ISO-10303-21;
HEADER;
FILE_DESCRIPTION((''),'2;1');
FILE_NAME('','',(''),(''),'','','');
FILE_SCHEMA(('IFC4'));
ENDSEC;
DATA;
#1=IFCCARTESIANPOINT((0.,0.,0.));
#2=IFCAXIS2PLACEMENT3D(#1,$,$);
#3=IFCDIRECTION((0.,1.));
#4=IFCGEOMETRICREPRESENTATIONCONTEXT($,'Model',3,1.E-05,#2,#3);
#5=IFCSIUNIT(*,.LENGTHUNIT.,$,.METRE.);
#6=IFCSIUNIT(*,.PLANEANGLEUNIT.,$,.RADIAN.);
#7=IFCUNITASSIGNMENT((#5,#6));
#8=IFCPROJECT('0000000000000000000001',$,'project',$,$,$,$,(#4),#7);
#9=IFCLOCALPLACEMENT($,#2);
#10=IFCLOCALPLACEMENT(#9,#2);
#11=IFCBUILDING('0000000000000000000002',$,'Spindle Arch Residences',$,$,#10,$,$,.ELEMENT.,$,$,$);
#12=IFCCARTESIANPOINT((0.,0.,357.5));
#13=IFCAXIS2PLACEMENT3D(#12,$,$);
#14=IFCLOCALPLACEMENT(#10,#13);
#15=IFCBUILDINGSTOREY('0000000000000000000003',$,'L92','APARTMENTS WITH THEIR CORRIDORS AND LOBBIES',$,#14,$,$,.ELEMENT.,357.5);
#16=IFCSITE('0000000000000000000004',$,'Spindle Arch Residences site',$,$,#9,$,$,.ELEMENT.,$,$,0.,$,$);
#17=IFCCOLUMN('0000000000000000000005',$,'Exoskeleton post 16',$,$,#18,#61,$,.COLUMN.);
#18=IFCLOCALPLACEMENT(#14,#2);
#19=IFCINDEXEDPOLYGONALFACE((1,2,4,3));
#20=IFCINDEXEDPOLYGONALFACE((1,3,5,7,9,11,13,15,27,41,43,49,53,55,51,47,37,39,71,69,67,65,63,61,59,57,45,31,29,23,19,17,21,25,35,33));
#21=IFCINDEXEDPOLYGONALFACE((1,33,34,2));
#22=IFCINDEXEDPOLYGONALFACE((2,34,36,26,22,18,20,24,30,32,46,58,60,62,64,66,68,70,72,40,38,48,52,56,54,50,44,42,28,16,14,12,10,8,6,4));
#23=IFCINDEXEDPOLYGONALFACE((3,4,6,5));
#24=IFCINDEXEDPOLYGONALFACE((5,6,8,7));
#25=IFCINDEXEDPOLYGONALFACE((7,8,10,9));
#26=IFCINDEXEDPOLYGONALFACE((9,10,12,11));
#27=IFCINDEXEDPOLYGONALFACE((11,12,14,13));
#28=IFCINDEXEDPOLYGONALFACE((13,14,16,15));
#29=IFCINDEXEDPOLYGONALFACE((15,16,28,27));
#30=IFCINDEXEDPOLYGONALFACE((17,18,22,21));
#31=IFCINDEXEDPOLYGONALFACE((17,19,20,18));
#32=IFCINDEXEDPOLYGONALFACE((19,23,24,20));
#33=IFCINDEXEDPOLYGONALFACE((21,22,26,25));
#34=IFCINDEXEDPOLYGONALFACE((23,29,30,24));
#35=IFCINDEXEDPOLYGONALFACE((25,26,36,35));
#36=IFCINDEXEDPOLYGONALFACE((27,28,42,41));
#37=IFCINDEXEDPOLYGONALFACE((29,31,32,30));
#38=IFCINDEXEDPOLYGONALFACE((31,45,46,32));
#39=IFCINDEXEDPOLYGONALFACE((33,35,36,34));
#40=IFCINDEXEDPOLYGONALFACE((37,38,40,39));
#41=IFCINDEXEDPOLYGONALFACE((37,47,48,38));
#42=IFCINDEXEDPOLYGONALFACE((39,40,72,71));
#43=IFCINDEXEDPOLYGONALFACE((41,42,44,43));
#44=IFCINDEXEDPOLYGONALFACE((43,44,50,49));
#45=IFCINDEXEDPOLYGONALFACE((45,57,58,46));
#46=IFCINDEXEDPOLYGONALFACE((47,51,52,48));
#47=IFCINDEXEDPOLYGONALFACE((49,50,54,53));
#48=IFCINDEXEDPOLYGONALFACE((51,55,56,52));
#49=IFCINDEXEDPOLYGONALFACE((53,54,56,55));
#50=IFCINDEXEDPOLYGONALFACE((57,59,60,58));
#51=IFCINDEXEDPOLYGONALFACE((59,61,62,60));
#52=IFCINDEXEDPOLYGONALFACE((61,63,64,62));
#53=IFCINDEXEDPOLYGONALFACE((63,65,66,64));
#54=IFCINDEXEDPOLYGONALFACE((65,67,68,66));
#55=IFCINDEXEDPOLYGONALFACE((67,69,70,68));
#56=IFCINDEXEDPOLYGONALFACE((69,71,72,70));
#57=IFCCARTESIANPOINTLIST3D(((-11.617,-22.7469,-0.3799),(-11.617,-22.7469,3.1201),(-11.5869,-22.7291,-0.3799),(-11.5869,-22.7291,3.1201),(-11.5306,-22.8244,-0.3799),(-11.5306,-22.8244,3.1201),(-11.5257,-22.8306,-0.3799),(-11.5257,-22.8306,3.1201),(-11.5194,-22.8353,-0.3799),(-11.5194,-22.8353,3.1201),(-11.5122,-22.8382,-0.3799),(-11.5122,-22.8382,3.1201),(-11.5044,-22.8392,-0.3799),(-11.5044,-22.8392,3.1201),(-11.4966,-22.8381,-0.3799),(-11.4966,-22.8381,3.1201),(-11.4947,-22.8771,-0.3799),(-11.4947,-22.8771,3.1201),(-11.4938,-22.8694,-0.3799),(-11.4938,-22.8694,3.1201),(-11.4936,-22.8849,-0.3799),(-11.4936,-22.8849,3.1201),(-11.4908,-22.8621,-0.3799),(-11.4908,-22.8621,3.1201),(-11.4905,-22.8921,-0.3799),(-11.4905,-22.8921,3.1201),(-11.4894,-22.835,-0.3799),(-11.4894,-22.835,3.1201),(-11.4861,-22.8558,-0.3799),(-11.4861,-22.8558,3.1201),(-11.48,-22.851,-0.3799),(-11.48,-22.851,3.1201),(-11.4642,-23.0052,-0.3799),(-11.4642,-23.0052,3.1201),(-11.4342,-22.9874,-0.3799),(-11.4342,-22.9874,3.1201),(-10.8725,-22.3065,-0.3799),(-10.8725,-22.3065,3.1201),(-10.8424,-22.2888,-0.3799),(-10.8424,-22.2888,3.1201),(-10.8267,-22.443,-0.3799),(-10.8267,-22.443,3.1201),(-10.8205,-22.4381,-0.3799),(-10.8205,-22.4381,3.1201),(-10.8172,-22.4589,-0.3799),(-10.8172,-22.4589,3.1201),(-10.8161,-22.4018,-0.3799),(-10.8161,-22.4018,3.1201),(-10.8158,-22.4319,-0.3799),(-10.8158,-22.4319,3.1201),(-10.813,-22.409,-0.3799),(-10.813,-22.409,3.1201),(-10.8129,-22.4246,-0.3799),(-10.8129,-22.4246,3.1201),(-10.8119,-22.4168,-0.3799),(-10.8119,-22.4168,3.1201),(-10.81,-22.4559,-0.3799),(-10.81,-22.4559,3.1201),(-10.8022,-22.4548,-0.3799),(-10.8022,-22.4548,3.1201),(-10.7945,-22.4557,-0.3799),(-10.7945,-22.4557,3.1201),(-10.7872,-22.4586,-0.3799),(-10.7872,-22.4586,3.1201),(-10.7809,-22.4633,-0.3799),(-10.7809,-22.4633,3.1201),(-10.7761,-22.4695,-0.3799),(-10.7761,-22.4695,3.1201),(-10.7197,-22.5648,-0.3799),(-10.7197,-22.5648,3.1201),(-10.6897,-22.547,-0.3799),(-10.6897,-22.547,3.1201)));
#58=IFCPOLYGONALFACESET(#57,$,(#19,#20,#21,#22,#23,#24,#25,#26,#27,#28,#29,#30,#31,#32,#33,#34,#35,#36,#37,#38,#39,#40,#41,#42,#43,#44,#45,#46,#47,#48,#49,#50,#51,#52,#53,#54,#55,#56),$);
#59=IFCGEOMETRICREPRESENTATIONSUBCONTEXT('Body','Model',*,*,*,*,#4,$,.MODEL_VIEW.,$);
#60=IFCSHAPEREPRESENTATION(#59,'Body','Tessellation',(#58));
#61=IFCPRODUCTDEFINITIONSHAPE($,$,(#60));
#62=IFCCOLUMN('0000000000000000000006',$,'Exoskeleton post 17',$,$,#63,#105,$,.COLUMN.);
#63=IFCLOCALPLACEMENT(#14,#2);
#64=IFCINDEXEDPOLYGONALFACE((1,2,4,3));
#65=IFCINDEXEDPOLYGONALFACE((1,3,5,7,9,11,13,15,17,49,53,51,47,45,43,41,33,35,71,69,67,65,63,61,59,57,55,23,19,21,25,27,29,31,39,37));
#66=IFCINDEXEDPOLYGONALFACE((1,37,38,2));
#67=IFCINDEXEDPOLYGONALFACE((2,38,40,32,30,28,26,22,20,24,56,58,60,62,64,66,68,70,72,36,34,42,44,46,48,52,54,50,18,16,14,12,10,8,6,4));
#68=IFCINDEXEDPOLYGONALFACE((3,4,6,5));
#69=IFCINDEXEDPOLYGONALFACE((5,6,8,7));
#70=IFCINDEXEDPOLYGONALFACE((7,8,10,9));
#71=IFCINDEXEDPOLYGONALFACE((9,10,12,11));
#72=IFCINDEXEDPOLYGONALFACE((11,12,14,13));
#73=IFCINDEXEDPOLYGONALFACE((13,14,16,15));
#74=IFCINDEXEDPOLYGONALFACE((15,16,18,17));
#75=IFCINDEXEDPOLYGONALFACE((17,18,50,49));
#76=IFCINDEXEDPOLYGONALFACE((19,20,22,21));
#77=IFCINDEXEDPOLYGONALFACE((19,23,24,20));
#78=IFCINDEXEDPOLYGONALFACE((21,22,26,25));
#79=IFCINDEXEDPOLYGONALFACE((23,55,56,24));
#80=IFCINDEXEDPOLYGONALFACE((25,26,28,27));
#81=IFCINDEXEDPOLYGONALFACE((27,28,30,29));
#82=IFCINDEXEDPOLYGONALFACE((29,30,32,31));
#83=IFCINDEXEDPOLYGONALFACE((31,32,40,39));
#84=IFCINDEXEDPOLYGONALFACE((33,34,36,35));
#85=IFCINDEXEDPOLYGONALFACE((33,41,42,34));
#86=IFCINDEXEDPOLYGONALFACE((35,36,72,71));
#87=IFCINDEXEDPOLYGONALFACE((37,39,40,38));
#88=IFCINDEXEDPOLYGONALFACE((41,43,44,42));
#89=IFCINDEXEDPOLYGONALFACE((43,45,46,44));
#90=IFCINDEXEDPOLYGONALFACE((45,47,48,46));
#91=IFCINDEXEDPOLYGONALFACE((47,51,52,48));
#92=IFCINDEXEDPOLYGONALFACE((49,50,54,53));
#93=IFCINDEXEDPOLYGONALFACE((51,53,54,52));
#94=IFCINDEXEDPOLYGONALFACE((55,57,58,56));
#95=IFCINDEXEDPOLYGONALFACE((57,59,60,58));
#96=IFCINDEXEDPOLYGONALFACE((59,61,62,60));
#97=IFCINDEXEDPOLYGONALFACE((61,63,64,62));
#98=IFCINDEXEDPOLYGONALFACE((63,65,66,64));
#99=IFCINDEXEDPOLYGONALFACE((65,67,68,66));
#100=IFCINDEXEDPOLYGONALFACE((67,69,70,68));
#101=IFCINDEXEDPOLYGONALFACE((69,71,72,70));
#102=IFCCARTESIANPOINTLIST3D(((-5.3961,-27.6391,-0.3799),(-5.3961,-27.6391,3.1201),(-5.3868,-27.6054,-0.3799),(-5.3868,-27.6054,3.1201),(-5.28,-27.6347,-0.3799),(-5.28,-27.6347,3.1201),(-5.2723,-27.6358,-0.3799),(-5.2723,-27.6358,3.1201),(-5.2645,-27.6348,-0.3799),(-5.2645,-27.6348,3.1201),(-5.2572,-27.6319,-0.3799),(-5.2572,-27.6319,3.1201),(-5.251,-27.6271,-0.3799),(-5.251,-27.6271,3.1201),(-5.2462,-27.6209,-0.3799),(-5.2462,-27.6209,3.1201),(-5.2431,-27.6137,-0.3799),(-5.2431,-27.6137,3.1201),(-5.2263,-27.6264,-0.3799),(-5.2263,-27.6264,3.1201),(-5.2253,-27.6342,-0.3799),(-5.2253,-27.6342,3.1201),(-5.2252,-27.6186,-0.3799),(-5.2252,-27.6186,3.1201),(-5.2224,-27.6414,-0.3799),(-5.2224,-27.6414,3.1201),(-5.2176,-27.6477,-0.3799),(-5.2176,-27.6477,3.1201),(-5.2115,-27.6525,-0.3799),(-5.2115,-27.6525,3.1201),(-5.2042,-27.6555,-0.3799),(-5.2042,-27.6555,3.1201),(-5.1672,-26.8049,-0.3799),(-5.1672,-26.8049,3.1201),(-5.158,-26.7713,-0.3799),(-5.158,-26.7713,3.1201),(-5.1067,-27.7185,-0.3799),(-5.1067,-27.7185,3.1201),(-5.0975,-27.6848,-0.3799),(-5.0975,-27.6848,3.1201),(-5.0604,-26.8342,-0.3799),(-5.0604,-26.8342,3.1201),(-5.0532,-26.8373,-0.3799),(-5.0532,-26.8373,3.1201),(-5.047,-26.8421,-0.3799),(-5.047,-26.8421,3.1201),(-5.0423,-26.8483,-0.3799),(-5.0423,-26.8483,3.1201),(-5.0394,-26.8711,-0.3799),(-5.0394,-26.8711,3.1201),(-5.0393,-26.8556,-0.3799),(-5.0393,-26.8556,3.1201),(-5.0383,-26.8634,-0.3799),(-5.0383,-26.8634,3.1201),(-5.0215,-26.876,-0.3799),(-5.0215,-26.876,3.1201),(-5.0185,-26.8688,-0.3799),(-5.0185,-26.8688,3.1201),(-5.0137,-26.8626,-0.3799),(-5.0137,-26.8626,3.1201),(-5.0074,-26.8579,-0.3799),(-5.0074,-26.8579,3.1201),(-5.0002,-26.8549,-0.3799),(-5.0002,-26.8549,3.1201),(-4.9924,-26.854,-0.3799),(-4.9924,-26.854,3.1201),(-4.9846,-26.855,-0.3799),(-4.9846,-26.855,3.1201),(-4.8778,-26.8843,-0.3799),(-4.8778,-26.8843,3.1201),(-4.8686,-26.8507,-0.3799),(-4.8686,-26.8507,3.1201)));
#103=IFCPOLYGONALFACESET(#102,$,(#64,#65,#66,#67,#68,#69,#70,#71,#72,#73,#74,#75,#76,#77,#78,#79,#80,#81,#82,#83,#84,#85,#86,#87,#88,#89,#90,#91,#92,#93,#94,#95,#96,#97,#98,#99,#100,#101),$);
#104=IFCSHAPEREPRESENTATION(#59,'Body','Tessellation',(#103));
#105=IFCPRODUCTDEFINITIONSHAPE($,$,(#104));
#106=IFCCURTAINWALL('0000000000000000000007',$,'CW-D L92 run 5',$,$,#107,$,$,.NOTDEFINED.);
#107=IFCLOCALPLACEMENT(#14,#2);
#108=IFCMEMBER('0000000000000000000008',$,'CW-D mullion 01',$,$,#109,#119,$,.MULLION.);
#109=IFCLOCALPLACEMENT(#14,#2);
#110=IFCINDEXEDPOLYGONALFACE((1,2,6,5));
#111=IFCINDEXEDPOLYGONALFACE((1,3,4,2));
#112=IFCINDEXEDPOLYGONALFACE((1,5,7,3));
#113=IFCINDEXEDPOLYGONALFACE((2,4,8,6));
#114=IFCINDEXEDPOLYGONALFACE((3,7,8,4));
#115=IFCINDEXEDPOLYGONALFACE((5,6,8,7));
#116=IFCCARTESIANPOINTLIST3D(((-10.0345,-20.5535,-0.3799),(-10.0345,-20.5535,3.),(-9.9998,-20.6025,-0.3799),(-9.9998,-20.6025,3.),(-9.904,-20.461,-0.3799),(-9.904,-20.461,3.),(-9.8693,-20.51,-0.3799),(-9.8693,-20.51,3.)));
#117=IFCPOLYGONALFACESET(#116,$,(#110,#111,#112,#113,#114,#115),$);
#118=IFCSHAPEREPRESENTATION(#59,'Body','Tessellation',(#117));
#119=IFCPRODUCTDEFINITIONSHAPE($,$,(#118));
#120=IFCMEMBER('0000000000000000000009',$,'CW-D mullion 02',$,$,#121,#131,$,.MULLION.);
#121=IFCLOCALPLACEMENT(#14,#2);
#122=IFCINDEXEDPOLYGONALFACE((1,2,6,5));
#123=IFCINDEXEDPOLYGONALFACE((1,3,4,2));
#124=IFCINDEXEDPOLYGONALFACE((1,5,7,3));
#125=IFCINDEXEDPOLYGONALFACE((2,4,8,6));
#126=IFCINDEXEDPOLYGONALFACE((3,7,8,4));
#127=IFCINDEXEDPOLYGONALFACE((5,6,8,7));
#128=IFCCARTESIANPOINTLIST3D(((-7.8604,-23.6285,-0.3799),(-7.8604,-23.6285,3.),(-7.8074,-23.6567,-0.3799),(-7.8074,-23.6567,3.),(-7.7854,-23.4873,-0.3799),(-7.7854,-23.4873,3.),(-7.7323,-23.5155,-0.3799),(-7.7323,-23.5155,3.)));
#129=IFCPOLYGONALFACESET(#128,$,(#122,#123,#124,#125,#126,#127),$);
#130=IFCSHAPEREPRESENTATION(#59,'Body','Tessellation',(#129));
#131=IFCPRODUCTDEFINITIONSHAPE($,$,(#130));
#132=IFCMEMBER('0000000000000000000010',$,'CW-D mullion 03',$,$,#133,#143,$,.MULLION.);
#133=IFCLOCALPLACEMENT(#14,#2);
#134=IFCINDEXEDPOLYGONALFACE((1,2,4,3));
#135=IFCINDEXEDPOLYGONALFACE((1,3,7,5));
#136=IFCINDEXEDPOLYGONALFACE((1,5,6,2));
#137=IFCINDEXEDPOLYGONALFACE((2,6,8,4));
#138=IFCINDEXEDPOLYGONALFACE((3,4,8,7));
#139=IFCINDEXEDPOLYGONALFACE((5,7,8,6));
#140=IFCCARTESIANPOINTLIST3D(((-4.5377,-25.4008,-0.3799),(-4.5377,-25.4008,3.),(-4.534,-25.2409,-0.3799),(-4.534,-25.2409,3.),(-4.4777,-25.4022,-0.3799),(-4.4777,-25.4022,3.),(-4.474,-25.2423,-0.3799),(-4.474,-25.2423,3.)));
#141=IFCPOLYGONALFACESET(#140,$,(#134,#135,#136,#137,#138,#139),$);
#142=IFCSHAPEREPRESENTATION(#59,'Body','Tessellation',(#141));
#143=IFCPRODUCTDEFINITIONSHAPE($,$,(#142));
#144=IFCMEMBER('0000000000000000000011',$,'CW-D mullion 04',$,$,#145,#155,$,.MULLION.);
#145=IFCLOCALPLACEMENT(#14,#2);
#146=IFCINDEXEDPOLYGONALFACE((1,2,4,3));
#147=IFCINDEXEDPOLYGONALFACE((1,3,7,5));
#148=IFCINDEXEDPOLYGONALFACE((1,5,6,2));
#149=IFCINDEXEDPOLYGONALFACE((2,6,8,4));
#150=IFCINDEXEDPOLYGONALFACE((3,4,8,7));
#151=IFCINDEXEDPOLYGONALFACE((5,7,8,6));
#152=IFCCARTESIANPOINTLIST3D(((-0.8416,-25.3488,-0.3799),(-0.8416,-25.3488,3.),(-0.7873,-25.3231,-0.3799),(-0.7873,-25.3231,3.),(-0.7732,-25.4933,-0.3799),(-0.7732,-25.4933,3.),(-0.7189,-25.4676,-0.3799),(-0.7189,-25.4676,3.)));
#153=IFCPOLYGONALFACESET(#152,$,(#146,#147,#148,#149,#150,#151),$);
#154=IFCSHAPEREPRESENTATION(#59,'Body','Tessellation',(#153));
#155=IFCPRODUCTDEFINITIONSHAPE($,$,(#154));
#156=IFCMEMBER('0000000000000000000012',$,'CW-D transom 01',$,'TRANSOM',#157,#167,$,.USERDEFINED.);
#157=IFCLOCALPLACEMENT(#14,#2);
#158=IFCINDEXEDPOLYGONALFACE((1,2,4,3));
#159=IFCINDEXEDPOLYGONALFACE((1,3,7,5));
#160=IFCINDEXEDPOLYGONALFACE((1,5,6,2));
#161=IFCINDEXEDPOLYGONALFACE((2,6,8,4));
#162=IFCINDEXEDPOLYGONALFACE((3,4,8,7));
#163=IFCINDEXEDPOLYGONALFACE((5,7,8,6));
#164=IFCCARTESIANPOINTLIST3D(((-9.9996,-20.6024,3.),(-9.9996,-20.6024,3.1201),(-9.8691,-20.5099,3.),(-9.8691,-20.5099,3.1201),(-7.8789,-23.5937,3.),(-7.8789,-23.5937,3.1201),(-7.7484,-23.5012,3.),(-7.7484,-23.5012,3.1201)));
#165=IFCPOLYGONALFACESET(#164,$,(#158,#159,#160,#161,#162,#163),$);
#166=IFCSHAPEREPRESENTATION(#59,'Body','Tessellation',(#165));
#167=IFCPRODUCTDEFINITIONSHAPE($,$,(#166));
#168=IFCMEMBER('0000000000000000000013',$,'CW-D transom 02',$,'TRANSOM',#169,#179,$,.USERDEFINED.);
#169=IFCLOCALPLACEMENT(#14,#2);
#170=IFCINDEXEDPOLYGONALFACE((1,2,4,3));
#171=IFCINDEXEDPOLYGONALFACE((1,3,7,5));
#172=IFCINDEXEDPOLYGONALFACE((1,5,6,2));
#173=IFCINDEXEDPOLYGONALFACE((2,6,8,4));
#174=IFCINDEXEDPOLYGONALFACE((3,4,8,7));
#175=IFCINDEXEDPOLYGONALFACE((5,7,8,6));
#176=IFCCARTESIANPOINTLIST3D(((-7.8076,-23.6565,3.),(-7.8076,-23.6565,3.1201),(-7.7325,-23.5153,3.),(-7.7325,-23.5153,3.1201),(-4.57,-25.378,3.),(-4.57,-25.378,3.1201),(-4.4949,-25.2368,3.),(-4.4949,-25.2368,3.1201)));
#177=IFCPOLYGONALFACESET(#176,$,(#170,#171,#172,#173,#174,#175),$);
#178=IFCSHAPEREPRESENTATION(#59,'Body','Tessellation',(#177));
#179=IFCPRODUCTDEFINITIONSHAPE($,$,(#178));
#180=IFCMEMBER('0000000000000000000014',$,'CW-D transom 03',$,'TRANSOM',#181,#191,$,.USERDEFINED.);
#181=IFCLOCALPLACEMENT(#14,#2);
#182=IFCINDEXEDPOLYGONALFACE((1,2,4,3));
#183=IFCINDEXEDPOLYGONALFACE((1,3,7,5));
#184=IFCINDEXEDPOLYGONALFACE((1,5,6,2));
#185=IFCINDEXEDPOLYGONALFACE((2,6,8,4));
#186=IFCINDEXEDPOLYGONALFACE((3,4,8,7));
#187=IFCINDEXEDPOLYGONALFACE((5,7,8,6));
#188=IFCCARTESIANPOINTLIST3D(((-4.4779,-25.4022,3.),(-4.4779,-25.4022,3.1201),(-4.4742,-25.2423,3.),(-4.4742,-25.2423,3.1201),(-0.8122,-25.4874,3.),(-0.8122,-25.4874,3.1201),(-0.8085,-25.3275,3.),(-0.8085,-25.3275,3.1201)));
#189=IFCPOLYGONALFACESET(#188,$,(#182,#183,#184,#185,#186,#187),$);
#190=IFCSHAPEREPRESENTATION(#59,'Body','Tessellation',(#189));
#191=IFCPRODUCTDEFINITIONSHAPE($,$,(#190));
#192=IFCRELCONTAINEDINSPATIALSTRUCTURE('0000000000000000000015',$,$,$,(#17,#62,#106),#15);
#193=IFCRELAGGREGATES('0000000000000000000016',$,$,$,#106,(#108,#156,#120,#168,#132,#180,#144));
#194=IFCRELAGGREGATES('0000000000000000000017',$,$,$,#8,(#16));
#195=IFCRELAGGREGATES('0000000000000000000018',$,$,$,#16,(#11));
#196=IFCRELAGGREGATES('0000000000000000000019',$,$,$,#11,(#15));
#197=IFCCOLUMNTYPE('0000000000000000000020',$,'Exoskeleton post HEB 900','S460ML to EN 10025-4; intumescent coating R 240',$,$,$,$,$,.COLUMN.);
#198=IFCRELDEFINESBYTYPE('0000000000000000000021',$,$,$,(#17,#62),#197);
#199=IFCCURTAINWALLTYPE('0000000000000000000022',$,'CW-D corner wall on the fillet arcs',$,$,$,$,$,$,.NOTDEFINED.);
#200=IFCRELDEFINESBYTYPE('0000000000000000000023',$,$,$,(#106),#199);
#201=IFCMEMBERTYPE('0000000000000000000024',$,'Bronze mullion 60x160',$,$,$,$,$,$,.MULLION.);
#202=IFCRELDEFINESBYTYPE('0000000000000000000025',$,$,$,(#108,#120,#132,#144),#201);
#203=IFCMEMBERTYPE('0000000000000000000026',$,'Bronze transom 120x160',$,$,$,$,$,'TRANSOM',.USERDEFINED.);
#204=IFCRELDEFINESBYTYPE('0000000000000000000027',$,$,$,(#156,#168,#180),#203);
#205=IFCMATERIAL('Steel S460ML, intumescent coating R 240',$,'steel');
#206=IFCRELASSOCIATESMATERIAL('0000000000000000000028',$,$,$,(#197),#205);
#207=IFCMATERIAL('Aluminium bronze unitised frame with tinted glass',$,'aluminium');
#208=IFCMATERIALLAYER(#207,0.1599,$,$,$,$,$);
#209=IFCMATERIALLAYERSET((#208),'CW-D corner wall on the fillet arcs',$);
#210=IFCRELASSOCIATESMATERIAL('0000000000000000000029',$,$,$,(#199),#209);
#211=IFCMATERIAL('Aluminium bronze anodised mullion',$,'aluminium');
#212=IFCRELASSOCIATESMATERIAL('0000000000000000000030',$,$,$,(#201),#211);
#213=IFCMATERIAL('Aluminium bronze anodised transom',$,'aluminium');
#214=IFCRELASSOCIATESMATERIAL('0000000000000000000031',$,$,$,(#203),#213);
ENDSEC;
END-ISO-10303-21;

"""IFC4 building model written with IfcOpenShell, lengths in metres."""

from ifc_helpers import new_model, si_unit, direction, frame, origin, origin_2d, place, context, subcontext, project, spatial, rectangle, i_section, extrude, material, layer, layer_set, material_profile, profile_set, type_object, element, aggregate, save


model = new_model("IFC4")

# Units and contexts
model_context = context("Model", 3, precision=1e-05, world=origin(), true_north=direction((0.0, 1.0)))
body_context = subcontext(model_context, "Body", "Model", "MODEL_VIEW")
ifc_project = project(units=[si_unit("LENGTHUNIT", "METRE"), si_unit("PLANEANGLEUNIT", "RADIAN")], contexts=[model_context])

# Site, building, storey
site_placement = place(None, origin())
site = spatial("IfcSite", under=ifc_project, at=site_placement, Name="Spindle Arch Residences site", CompositionType="ELEMENT", RefElevation=0.0)
building_placement = place(site_placement, origin())
building = spatial("IfcBuilding", under=site, at=building_placement, Name="Spindle Arch Residences", CompositionType="ELEMENT")
storey_placement = place(building_placement, frame((0.0, 0.0, 357.5)))
storey = spatial("IfcBuildingStorey", under=building, at=storey_placement, Name="L92", Description="APARTMENTS WITH THEIR CORRIDORS AND LOBBIES", CompositionType="ELEMENT", Elevation=357.5)

# Columns
ifc_material_1 = material(Name="Steel S460ML, intumescent coating R 240", Category="steel")
ifc_material_profile_1 = material_profile(ifc_material_1, i_section(OverallWidth=0.3, OverallDepth=0.8999, WebThickness=0.0186, FlangeThickness=0.0349, FilletRadius=0.03, at=origin_2d()), Name="HEB 900")
ifc_profile_set_1 = profile_set([ifc_material_profile_1], Name="Steel S460ML, intumescent coating R 240")
column_type = type_object("IfcColumnType", Name="Exoskeleton post HEB 900", Description="S460ML to EN 10025-4; intumescent coating R 240", PredefinedType="COLUMN", material=ifc_profile_set_1)
for number, where, z_axis, x_axis, name in (
    (1, (-11.1533, -22.647, -0.3799), (0.0, 0.0, 1.0), (-0.509114, 0.860699, 0.0), "Exoskeleton post 16"),
    (2, (-5.1323, -27.2449, -0.3799), (0.0, 0.0, 1.0), (-0.964363, 0.264583, 0.0), "Exoskeleton post 17"),
):
    element("IfcColumn", number, at=place(storey_placement, frame(where, z_axis=z_axis, x_axis=x_axis)), inside=storey, type_object=column_type, Name=name, PredefinedType="COLUMN", context=body_context, shape_type="SweptSolid", body=[
        extrude(i_section(OverallWidth=0.3, OverallDepth=0.8999, WebThickness=0.0186, FlangeThickness=0.0349, FilletRadius=0.03, at=origin_2d()), origin(), (0.0, 0.0, 1.0), 3.5),
    ])

# Curtain wall, members
ifc_material_2 = material(Name="Aluminium bronze unitised frame with tinted glass", Category="aluminium")
ifc_layer_1 = layer(ifc_material_2, 0.1599)
ifc_layer_set_1 = layer_set([ifc_layer_1], Name="CW-D corner wall on the fillet arcs")
curtain_wall_type = type_object("IfcCurtainWallType", Name="CW-D corner wall on the fillet arcs", PredefinedType="NOTDEFINED", material=ifc_layer_set_1)
curtain_wall_placement = place(storey_placement, origin())
curtain_wall = element("IfcCurtainWall", 3, at=curtain_wall_placement, inside=storey, type_object=curtain_wall_type, Name="CW-D L92 run 5", PredefinedType="NOTDEFINED")
ifc_material_3 = material(Name="Aluminium bronze anodised mullion", Category="aluminium")
ifc_material_profile_2 = material_profile(ifc_material_3, rectangle(XDim=0.1599, YDim=0.0601, at=origin_2d()), Name="MU 60x160")
ifc_profile_set_2 = profile_set([ifc_material_profile_2], Name="Aluminium bronze anodised mullion")
member_type_1 = type_object("IfcMemberType", Name="Bronze mullion 60x160", PredefinedType="MULLION", material=ifc_profile_set_2)
member_1_placement = place(storey_placement, frame((-9.9519, -20.5317, -0.3799), z_axis=(0.0, 0.0, 1.0), x_axis=(0.815801, 0.578332, 0.0)))
member_1 = element("IfcMember", 4, at=member_1_placement, type_object=member_type_1, Name="CW-D mullion 01", PredefinedType="MULLION", context=body_context, shape_type="SweptSolid", body=[
    extrude(rectangle(XDim=0.1599, YDim=0.0601, at=origin_2d()), origin(), (0.0, 0.0, 1.0), 3.3799),
])
member_2_placement = place(storey_placement, frame((-7.7964, -23.572, -0.3799), z_axis=(0.0, 0.0, 1.0), x_axis=(0.469472, 0.882948, 0.0)))
member_2 = element("IfcMember", 5, at=member_2_placement, type_object=member_type_1, Name="CW-D mullion 02", PredefinedType="MULLION", context=body_context, shape_type="SweptSolid", body=[
    extrude(rectangle(XDim=0.1599, YDim=0.0601, at=origin_2d()), origin(), (0.0, 0.0, 1.0), 3.3799),
])
member_3_placement = place(storey_placement, frame((-4.5059, -25.3215, -0.3799), z_axis=(0.0, 0.0, 1.0), x_axis=(0.023269, 0.999729, 0.0)))
member_3 = element("IfcMember", 6, at=member_3_placement, type_object=member_type_1, Name="CW-D mullion 03", PredefinedType="MULLION", context=body_context, shape_type="SweptSolid", body=[
    extrude(rectangle(XDim=0.1599, YDim=0.0601, at=origin_2d()), origin(), (0.0, 0.0, 1.0), 3.3799),
])
member_4_placement = place(storey_placement, frame((-0.7803, -25.4082, -0.3799), z_axis=(0.0, 0.0, 1.0), x_axis=(-0.427884, 0.903834, 0.0)))
member_4 = element("IfcMember", 7, at=member_4_placement, type_object=member_type_1, Name="CW-D mullion 04", PredefinedType="MULLION", context=body_context, shape_type="SweptSolid", body=[
    extrude(rectangle(XDim=0.1599, YDim=0.0601, at=origin_2d()), origin(), (0.0, 0.0, 1.0), 3.3799),
])
ifc_material_4 = material(Name="Aluminium bronze anodised transom", Category="aluminium")
ifc_material_profile_3 = material_profile(ifc_material_4, rectangle(XDim=0.1599, YDim=0.1201, at=origin_2d()), Name="TR 120x160")
ifc_profile_set_3 = profile_set([ifc_material_profile_3], Name="Aluminium bronze anodised transom")
member_type_2 = type_object("IfcMemberType", Name="Bronze transom 120x160", ElementType="TRANSOM", PredefinedType="USERDEFINED", material=ifc_profile_set_3)
member_5_placement = place(storey_placement, frame((-9.9343, -20.5562, 3.0601), z_axis=(0.57835, -0.815789, 0.0), x_axis=(0.815789, 0.57835, 0.0)))
member_5 = element("IfcMember", 8, at=member_5_placement, type_object=member_type_2, Name="CW-D transom 01", ObjectType="TRANSOM", PredefinedType="USERDEFINED", context=body_context, shape_type="SweptSolid", body=[
    extrude(rectangle(XDim=0.1599, YDim=0.1201, at=origin_2d()), origin(), (0.0, 0.0, 1.0), 3.6667),
])
member_6_placement = place(storey_placement, frame((-7.77, -23.5859, 3.0601), z_axis=(0.882948, -0.469472, 0.0), x_axis=(0.469472, 0.882948, 0.0)))
member_6 = element("IfcMember", 9, at=member_6_placement, type_object=member_type_2, Name="CW-D transom 02", ObjectType="TRANSOM", PredefinedType="USERDEFINED", context=body_context, shape_type="SweptSolid", body=[
    extrude(rectangle(XDim=0.1599, YDim=0.1201, at=origin_2d()), origin(), (0.0, 0.0, 1.0), 3.6667),
])
member_7_placement = place(storey_placement, frame((-4.4761, -25.3223, 3.0601), z_axis=(0.99973, -0.023237, 0.0), x_axis=(0.023237, 0.99973, 0.0)))
member_7 = element("IfcMember", 10, at=member_7_placement, type_object=member_type_2, Name="CW-D transom 03", ObjectType="TRANSOM", PredefinedType="USERDEFINED", context=body_context, shape_type="SweptSolid", body=[
    extrude(rectangle(XDim=0.1599, YDim=0.1201, at=origin_2d()), origin(), (0.0, 0.0, 1.0), 3.6667),
])

aggregate(curtain_wall, [member_1, member_5, member_2, member_6, member_3, member_7, member_4])

save(model, "model.ifc")
